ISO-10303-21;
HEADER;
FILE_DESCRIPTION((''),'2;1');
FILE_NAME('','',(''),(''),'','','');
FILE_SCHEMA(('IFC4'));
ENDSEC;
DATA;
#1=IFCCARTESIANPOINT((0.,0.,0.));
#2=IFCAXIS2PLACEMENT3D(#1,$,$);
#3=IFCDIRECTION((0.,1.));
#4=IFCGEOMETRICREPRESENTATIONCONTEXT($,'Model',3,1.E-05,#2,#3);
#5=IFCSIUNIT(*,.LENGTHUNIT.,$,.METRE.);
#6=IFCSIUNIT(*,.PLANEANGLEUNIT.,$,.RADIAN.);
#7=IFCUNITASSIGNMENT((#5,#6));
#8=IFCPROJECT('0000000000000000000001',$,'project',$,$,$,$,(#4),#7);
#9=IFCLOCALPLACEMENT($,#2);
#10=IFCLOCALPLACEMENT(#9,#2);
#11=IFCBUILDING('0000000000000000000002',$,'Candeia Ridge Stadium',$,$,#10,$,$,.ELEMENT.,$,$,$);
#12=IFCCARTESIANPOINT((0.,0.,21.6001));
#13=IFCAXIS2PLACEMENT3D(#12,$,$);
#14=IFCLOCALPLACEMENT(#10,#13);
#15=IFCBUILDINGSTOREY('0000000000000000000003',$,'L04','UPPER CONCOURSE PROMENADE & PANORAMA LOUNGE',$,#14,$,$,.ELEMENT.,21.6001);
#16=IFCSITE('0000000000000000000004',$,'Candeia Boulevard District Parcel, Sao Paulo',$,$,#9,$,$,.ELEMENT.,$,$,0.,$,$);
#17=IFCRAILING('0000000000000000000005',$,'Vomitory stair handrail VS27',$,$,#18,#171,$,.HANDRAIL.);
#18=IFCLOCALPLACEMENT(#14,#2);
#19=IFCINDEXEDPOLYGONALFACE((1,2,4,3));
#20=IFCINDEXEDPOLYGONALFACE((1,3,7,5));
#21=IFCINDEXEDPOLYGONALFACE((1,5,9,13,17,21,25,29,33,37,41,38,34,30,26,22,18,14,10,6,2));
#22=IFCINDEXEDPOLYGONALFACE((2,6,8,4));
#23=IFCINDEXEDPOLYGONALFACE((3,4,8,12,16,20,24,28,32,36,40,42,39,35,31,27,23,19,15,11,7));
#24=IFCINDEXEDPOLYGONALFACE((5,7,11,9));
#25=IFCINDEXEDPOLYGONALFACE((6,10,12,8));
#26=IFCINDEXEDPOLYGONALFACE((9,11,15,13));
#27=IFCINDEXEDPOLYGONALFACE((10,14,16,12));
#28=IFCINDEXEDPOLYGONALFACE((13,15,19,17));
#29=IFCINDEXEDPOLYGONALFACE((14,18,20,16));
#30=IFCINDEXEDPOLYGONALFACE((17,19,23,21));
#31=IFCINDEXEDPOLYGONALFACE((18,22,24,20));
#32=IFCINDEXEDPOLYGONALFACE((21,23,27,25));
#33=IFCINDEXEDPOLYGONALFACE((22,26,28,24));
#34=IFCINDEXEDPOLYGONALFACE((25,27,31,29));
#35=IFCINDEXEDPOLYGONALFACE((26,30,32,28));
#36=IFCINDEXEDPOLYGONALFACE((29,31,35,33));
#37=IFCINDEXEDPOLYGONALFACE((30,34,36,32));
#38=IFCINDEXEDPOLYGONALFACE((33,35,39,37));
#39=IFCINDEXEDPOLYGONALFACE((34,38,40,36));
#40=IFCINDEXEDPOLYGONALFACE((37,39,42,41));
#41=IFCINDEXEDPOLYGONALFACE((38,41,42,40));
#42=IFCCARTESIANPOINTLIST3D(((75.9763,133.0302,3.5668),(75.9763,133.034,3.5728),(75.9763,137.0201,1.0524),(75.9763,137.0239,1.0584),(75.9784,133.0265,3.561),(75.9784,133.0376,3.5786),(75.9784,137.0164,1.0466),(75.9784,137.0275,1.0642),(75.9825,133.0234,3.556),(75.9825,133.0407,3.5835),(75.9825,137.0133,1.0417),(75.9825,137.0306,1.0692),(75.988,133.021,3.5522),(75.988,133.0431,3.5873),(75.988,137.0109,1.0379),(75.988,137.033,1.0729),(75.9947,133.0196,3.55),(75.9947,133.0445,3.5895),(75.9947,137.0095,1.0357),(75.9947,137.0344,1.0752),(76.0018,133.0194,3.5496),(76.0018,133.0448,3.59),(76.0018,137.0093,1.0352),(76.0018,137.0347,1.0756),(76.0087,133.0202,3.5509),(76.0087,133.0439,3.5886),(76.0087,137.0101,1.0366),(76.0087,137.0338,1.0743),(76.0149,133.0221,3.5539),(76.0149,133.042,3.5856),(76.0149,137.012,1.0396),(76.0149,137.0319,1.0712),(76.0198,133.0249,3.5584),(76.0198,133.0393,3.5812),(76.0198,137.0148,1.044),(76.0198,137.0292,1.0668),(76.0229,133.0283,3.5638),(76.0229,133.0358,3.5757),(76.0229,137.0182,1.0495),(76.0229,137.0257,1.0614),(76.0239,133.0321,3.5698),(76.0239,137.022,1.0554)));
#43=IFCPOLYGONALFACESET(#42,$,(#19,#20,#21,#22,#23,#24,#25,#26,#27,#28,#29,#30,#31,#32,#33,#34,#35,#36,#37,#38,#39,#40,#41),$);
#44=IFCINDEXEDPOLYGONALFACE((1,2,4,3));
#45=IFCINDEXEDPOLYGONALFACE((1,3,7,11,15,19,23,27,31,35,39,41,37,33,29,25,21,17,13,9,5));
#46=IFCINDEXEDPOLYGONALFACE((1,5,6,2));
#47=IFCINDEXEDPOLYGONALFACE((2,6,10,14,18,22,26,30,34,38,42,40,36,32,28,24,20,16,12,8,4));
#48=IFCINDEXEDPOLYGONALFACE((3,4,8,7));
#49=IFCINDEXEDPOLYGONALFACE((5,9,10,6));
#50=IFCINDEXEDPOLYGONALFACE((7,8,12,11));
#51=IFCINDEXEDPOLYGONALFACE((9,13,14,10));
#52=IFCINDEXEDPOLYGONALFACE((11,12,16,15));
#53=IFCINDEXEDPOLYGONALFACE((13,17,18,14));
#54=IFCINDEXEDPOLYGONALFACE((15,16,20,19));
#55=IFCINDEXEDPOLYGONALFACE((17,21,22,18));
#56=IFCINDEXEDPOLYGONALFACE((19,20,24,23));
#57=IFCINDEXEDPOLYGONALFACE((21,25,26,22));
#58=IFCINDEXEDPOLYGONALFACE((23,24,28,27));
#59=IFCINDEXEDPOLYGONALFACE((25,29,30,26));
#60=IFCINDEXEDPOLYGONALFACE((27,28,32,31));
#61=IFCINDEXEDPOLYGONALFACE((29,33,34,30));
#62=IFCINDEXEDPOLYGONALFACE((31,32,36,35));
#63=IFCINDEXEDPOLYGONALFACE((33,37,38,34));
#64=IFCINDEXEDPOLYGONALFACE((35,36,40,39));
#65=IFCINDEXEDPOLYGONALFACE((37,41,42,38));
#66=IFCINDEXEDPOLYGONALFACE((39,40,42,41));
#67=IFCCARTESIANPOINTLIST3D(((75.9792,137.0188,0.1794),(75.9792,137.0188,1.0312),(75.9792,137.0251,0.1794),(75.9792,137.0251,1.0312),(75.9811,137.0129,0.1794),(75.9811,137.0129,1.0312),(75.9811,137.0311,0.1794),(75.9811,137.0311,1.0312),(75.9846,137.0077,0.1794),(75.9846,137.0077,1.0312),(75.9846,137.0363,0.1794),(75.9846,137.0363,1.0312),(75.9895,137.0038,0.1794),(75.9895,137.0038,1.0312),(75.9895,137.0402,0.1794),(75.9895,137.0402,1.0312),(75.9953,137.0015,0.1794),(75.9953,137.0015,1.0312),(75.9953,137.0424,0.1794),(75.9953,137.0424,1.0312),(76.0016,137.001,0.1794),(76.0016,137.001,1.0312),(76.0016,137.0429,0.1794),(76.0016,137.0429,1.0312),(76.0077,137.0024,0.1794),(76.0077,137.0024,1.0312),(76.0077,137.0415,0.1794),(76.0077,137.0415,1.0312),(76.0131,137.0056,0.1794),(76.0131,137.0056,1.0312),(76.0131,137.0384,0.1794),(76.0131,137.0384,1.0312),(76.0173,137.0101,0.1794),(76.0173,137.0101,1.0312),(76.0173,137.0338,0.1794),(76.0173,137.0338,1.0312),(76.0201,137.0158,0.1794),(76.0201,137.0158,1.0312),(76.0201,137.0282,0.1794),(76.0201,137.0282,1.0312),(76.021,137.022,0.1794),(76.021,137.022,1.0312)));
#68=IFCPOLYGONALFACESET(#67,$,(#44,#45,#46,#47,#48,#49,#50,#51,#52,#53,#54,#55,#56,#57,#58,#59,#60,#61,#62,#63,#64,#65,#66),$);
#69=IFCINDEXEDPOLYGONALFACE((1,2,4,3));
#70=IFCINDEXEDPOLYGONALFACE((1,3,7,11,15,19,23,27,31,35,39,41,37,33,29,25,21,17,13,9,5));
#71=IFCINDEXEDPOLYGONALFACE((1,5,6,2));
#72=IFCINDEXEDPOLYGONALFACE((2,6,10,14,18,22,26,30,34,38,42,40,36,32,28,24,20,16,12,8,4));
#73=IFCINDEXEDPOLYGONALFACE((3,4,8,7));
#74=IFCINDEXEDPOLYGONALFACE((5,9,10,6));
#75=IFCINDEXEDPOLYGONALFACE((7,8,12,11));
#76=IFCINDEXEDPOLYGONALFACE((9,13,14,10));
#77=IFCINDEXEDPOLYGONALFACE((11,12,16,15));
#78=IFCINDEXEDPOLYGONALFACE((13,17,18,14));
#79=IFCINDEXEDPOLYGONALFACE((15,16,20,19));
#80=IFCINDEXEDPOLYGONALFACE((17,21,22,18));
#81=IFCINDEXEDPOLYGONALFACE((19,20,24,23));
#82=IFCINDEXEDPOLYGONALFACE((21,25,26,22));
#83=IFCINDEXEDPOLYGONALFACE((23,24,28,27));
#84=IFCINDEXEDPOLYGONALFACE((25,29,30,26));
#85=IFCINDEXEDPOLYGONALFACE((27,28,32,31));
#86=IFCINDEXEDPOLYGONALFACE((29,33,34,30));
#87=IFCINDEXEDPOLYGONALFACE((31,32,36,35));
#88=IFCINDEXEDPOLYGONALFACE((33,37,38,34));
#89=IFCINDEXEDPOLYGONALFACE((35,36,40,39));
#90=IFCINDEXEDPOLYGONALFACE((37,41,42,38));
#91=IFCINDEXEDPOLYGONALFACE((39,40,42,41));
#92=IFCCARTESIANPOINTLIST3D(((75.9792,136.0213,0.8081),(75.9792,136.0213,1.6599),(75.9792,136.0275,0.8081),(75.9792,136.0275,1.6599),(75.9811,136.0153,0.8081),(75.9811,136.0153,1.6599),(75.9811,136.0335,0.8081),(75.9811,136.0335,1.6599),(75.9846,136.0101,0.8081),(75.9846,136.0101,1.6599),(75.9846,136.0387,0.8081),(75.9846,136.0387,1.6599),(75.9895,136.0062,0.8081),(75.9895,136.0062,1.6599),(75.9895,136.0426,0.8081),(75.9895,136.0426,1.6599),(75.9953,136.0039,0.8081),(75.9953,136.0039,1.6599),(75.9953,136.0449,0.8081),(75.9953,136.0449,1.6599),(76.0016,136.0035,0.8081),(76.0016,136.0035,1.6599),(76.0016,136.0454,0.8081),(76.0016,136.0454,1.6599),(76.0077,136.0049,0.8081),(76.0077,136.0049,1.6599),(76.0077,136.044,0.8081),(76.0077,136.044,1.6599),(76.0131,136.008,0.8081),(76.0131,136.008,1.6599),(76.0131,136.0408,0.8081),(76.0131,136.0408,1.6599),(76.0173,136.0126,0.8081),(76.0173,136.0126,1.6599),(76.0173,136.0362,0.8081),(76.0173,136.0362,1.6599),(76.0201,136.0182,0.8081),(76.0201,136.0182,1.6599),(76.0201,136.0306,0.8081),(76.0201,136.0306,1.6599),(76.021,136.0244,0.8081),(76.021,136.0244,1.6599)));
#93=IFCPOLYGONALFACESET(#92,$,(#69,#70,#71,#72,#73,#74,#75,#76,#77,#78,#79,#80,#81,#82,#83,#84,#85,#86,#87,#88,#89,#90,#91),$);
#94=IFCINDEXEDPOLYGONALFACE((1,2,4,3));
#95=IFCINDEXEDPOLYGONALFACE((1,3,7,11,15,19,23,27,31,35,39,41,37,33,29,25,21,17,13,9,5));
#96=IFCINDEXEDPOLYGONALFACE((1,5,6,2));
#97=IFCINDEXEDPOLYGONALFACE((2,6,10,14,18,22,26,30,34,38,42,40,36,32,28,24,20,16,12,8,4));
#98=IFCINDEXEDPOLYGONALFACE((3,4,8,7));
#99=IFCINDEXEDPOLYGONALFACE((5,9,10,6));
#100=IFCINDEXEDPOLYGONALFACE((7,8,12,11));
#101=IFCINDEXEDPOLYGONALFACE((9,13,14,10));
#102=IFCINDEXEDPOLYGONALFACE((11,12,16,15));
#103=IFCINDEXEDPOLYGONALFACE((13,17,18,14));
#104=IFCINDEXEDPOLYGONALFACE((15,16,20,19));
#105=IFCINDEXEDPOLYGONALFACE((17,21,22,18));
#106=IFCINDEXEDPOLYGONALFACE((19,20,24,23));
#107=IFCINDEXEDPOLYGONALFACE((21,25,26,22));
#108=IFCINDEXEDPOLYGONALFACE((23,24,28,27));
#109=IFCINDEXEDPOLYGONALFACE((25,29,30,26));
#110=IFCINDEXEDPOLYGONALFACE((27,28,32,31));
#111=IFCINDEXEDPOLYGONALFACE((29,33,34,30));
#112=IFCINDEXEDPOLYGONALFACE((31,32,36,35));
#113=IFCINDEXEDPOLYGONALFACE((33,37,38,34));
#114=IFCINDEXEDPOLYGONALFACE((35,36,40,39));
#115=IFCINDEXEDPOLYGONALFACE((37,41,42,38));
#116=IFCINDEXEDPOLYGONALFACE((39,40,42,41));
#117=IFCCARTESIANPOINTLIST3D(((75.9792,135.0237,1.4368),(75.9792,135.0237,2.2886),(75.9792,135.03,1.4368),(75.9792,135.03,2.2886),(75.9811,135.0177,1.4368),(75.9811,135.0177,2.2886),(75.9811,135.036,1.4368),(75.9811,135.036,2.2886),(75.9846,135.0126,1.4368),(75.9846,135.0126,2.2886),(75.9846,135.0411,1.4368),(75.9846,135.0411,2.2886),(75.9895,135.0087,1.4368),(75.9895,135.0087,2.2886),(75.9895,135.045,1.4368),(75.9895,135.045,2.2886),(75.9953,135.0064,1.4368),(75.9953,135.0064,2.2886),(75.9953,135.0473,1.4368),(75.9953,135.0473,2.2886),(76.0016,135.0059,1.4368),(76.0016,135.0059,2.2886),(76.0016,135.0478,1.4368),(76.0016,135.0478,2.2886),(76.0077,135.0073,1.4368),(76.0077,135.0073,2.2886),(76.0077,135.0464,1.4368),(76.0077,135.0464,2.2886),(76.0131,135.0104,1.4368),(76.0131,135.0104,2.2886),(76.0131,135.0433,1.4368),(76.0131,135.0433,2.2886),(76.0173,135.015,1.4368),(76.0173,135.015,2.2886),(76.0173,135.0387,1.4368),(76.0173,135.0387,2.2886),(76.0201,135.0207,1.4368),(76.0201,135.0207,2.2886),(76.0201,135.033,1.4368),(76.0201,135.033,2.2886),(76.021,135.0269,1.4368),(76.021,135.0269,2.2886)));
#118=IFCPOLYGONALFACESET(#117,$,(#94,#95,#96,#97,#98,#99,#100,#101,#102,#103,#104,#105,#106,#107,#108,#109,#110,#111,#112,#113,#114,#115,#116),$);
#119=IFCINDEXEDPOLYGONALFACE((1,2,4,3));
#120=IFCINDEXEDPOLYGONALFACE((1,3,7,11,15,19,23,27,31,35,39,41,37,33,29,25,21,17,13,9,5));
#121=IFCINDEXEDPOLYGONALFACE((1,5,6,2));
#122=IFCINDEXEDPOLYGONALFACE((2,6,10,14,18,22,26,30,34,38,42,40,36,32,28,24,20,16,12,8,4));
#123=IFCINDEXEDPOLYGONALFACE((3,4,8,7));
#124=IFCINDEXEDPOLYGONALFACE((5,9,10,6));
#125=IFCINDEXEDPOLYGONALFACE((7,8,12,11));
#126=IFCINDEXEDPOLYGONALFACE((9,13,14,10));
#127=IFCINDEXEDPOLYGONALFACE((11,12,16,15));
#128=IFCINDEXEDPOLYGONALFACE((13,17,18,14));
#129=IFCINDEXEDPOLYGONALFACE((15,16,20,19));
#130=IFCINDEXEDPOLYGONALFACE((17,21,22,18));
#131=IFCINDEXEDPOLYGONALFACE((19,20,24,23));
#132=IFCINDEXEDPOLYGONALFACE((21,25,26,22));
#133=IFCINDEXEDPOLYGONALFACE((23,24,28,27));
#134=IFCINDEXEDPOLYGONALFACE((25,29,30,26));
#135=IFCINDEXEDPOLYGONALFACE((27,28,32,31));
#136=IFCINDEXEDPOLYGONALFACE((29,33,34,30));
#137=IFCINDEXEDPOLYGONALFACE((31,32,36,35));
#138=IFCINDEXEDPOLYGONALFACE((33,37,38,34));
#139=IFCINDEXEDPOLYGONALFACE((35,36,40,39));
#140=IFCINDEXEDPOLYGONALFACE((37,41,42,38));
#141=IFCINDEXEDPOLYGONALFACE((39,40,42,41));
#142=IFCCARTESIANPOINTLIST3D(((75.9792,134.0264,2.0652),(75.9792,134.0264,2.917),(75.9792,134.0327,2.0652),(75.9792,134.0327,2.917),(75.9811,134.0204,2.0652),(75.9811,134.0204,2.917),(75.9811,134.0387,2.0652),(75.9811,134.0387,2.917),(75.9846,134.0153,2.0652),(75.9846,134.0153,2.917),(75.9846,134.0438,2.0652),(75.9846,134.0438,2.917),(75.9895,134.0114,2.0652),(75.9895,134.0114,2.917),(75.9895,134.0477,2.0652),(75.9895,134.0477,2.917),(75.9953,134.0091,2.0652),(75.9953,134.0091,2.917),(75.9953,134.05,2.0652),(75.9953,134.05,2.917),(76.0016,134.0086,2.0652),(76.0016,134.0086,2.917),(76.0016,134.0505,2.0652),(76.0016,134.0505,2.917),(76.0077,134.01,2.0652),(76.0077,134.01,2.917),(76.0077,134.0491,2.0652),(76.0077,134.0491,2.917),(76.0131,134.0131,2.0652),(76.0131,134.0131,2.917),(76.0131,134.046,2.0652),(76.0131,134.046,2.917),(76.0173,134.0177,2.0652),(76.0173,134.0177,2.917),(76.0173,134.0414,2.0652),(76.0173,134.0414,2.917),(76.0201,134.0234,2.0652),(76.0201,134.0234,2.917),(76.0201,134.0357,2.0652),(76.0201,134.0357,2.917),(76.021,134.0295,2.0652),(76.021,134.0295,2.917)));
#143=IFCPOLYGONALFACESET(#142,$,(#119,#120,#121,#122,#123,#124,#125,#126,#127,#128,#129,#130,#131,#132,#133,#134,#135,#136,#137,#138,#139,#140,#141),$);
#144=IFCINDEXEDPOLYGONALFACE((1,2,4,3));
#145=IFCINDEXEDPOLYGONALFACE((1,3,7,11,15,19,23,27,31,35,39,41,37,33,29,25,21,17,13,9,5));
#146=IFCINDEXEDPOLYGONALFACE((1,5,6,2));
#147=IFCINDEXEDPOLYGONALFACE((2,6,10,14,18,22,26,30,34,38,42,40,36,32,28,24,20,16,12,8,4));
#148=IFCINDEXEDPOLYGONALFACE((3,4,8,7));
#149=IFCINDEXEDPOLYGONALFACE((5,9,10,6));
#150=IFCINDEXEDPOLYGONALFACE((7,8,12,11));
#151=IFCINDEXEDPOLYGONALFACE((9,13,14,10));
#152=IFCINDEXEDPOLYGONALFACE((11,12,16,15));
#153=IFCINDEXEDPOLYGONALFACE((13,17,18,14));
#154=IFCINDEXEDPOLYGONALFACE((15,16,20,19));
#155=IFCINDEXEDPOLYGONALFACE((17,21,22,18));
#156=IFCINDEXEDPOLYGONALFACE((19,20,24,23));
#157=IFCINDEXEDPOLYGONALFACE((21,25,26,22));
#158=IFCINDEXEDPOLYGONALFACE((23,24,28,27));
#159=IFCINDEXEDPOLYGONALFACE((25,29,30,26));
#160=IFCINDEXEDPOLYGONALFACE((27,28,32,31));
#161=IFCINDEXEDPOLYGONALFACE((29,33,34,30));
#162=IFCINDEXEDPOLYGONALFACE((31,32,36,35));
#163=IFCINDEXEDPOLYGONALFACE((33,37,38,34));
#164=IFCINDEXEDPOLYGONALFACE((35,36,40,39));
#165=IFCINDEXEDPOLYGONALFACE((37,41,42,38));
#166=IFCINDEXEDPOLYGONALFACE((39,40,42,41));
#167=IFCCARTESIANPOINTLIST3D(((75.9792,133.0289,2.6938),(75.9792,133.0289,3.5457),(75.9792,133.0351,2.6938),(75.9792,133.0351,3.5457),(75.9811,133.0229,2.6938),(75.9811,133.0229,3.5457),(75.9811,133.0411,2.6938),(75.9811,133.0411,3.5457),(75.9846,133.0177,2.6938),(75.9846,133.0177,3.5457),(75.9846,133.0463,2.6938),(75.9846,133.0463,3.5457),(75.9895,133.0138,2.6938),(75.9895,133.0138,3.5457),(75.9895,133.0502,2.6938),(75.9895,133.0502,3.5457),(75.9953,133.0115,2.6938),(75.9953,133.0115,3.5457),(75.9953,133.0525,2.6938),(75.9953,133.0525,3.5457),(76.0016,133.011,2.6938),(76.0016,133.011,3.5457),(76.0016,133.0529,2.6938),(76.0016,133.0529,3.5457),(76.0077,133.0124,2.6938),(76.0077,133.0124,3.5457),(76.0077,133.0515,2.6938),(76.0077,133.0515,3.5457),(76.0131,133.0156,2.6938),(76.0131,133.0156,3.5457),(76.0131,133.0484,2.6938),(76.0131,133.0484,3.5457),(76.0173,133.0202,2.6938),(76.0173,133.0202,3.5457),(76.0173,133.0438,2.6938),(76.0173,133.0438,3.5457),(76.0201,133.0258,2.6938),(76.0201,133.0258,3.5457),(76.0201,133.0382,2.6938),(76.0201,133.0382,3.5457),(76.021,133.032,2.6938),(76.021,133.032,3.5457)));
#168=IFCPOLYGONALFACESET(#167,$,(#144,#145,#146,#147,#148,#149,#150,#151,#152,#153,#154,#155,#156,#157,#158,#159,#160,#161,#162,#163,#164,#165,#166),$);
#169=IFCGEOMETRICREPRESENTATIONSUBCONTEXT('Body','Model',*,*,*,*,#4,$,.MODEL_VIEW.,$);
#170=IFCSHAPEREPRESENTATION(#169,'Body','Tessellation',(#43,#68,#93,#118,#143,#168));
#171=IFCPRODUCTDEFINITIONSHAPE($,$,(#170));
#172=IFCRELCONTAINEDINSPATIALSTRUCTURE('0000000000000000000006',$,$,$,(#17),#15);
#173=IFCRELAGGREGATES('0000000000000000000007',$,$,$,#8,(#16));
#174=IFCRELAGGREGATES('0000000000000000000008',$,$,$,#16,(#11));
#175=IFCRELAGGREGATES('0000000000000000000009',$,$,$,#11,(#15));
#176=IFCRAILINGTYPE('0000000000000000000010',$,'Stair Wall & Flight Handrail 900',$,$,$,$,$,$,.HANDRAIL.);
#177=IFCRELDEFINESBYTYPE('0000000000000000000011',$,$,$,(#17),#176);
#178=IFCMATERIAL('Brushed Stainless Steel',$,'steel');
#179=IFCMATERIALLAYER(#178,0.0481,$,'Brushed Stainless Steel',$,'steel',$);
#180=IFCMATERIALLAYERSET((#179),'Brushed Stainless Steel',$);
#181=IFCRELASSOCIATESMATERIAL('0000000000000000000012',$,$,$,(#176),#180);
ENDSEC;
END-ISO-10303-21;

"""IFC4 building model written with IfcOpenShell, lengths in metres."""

from ifc_helpers import new_model, si_unit, direction, frame, origin, origin_2d, place, context, subcontext, project, spatial, circle, extrude, material, layer, layer_set, type_object, element, save


model = new_model("IFC4")

# Units and contexts
model_context = context("Model", 3, precision=1e-05, world=origin(), true_north=direction((0.0, 1.0)))
body_context = subcontext(model_context, "Body", "Model", "MODEL_VIEW")
ifc_project = project(units=[si_unit("LENGTHUNIT", "METRE"), si_unit("PLANEANGLEUNIT", "RADIAN")], contexts=[model_context])

# Site, building, storey
site_placement = place(None, origin())
site = spatial("IfcSite", under=ifc_project, at=site_placement, Name="Candeia Boulevard District Parcel, Sao Paulo", CompositionType="ELEMENT", RefElevation=0.0)
building_placement = place(site_placement, origin())
building = spatial("IfcBuilding", under=site, at=building_placement, Name="Candeia Ridge Stadium", CompositionType="ELEMENT")
storey_placement = place(building_placement, frame((0.0, 0.0, 21.6001)))
storey = spatial("IfcBuildingStorey", under=building, at=storey_placement, Name="L04", Description="UPPER CONCOURSE PROMENADE & PANORAMA LOUNGE", CompositionType="ELEMENT", Elevation=21.6001)

# Railing
ifc_material_1 = material(Name="Brushed Stainless Steel", Category="steel")
ifc_layer_1 = layer(ifc_material_1, 0.0481, Name="Brushed Stainless Steel", Category="steel")
ifc_layer_set_1 = layer_set([ifc_layer_1], Name="Brushed Stainless Steel")
railing_type_1 = type_object("IfcRailingType", Name="Stair Wall & Flight Handrail 900", PredefinedType="HANDRAIL", material=ifc_layer_set_1)
railing_1_placement = place(storey_placement, frame((76.0, 137.022, 0.1794)))
element("IfcRailing", 1, at=railing_1_placement, inside=storey, type_object=railing_type_1, Name="Vomitory stair handrail VS27", PredefinedType="HANDRAIL", context=body_context, shape_type="SweptSolid", body=[
    extrude(circle(Radius=0.0239, at=origin_2d()), frame((0.0, 0.0, 0.876), z_axis=(0.0, -0.846024, 0.533145), x_axis=(1.0, 0.0, 0.0)), (0.0, 0.0, 1.0), 4.7161),
    extrude(circle(Radius=0.021, at=origin_2d()), origin(), (0.0, 0.0, 1.0), 0.8518),
    extrude(circle(Radius=0.021, at=origin_2d()), frame((0.0, -0.9976, 0.6287)), (0.0, 0.0, 1.0), 0.8518),
    extrude(circle(Radius=0.021, at=origin_2d()), frame((0.0, -1.9951, 1.2573)), (0.0, 0.0, 1.0), 0.8518),
    extrude(circle(Radius=0.021, at=origin_2d()), frame((0.0, -2.9924, 1.8857)), (0.0, 0.0, 1.0), 0.8518),
    extrude(circle(Radius=0.021, at=origin_2d()), frame((0.0, -3.99, 2.5144)), (0.0, 0.0, 1.0), 0.8518),
])

save(model, "model.ifc")
